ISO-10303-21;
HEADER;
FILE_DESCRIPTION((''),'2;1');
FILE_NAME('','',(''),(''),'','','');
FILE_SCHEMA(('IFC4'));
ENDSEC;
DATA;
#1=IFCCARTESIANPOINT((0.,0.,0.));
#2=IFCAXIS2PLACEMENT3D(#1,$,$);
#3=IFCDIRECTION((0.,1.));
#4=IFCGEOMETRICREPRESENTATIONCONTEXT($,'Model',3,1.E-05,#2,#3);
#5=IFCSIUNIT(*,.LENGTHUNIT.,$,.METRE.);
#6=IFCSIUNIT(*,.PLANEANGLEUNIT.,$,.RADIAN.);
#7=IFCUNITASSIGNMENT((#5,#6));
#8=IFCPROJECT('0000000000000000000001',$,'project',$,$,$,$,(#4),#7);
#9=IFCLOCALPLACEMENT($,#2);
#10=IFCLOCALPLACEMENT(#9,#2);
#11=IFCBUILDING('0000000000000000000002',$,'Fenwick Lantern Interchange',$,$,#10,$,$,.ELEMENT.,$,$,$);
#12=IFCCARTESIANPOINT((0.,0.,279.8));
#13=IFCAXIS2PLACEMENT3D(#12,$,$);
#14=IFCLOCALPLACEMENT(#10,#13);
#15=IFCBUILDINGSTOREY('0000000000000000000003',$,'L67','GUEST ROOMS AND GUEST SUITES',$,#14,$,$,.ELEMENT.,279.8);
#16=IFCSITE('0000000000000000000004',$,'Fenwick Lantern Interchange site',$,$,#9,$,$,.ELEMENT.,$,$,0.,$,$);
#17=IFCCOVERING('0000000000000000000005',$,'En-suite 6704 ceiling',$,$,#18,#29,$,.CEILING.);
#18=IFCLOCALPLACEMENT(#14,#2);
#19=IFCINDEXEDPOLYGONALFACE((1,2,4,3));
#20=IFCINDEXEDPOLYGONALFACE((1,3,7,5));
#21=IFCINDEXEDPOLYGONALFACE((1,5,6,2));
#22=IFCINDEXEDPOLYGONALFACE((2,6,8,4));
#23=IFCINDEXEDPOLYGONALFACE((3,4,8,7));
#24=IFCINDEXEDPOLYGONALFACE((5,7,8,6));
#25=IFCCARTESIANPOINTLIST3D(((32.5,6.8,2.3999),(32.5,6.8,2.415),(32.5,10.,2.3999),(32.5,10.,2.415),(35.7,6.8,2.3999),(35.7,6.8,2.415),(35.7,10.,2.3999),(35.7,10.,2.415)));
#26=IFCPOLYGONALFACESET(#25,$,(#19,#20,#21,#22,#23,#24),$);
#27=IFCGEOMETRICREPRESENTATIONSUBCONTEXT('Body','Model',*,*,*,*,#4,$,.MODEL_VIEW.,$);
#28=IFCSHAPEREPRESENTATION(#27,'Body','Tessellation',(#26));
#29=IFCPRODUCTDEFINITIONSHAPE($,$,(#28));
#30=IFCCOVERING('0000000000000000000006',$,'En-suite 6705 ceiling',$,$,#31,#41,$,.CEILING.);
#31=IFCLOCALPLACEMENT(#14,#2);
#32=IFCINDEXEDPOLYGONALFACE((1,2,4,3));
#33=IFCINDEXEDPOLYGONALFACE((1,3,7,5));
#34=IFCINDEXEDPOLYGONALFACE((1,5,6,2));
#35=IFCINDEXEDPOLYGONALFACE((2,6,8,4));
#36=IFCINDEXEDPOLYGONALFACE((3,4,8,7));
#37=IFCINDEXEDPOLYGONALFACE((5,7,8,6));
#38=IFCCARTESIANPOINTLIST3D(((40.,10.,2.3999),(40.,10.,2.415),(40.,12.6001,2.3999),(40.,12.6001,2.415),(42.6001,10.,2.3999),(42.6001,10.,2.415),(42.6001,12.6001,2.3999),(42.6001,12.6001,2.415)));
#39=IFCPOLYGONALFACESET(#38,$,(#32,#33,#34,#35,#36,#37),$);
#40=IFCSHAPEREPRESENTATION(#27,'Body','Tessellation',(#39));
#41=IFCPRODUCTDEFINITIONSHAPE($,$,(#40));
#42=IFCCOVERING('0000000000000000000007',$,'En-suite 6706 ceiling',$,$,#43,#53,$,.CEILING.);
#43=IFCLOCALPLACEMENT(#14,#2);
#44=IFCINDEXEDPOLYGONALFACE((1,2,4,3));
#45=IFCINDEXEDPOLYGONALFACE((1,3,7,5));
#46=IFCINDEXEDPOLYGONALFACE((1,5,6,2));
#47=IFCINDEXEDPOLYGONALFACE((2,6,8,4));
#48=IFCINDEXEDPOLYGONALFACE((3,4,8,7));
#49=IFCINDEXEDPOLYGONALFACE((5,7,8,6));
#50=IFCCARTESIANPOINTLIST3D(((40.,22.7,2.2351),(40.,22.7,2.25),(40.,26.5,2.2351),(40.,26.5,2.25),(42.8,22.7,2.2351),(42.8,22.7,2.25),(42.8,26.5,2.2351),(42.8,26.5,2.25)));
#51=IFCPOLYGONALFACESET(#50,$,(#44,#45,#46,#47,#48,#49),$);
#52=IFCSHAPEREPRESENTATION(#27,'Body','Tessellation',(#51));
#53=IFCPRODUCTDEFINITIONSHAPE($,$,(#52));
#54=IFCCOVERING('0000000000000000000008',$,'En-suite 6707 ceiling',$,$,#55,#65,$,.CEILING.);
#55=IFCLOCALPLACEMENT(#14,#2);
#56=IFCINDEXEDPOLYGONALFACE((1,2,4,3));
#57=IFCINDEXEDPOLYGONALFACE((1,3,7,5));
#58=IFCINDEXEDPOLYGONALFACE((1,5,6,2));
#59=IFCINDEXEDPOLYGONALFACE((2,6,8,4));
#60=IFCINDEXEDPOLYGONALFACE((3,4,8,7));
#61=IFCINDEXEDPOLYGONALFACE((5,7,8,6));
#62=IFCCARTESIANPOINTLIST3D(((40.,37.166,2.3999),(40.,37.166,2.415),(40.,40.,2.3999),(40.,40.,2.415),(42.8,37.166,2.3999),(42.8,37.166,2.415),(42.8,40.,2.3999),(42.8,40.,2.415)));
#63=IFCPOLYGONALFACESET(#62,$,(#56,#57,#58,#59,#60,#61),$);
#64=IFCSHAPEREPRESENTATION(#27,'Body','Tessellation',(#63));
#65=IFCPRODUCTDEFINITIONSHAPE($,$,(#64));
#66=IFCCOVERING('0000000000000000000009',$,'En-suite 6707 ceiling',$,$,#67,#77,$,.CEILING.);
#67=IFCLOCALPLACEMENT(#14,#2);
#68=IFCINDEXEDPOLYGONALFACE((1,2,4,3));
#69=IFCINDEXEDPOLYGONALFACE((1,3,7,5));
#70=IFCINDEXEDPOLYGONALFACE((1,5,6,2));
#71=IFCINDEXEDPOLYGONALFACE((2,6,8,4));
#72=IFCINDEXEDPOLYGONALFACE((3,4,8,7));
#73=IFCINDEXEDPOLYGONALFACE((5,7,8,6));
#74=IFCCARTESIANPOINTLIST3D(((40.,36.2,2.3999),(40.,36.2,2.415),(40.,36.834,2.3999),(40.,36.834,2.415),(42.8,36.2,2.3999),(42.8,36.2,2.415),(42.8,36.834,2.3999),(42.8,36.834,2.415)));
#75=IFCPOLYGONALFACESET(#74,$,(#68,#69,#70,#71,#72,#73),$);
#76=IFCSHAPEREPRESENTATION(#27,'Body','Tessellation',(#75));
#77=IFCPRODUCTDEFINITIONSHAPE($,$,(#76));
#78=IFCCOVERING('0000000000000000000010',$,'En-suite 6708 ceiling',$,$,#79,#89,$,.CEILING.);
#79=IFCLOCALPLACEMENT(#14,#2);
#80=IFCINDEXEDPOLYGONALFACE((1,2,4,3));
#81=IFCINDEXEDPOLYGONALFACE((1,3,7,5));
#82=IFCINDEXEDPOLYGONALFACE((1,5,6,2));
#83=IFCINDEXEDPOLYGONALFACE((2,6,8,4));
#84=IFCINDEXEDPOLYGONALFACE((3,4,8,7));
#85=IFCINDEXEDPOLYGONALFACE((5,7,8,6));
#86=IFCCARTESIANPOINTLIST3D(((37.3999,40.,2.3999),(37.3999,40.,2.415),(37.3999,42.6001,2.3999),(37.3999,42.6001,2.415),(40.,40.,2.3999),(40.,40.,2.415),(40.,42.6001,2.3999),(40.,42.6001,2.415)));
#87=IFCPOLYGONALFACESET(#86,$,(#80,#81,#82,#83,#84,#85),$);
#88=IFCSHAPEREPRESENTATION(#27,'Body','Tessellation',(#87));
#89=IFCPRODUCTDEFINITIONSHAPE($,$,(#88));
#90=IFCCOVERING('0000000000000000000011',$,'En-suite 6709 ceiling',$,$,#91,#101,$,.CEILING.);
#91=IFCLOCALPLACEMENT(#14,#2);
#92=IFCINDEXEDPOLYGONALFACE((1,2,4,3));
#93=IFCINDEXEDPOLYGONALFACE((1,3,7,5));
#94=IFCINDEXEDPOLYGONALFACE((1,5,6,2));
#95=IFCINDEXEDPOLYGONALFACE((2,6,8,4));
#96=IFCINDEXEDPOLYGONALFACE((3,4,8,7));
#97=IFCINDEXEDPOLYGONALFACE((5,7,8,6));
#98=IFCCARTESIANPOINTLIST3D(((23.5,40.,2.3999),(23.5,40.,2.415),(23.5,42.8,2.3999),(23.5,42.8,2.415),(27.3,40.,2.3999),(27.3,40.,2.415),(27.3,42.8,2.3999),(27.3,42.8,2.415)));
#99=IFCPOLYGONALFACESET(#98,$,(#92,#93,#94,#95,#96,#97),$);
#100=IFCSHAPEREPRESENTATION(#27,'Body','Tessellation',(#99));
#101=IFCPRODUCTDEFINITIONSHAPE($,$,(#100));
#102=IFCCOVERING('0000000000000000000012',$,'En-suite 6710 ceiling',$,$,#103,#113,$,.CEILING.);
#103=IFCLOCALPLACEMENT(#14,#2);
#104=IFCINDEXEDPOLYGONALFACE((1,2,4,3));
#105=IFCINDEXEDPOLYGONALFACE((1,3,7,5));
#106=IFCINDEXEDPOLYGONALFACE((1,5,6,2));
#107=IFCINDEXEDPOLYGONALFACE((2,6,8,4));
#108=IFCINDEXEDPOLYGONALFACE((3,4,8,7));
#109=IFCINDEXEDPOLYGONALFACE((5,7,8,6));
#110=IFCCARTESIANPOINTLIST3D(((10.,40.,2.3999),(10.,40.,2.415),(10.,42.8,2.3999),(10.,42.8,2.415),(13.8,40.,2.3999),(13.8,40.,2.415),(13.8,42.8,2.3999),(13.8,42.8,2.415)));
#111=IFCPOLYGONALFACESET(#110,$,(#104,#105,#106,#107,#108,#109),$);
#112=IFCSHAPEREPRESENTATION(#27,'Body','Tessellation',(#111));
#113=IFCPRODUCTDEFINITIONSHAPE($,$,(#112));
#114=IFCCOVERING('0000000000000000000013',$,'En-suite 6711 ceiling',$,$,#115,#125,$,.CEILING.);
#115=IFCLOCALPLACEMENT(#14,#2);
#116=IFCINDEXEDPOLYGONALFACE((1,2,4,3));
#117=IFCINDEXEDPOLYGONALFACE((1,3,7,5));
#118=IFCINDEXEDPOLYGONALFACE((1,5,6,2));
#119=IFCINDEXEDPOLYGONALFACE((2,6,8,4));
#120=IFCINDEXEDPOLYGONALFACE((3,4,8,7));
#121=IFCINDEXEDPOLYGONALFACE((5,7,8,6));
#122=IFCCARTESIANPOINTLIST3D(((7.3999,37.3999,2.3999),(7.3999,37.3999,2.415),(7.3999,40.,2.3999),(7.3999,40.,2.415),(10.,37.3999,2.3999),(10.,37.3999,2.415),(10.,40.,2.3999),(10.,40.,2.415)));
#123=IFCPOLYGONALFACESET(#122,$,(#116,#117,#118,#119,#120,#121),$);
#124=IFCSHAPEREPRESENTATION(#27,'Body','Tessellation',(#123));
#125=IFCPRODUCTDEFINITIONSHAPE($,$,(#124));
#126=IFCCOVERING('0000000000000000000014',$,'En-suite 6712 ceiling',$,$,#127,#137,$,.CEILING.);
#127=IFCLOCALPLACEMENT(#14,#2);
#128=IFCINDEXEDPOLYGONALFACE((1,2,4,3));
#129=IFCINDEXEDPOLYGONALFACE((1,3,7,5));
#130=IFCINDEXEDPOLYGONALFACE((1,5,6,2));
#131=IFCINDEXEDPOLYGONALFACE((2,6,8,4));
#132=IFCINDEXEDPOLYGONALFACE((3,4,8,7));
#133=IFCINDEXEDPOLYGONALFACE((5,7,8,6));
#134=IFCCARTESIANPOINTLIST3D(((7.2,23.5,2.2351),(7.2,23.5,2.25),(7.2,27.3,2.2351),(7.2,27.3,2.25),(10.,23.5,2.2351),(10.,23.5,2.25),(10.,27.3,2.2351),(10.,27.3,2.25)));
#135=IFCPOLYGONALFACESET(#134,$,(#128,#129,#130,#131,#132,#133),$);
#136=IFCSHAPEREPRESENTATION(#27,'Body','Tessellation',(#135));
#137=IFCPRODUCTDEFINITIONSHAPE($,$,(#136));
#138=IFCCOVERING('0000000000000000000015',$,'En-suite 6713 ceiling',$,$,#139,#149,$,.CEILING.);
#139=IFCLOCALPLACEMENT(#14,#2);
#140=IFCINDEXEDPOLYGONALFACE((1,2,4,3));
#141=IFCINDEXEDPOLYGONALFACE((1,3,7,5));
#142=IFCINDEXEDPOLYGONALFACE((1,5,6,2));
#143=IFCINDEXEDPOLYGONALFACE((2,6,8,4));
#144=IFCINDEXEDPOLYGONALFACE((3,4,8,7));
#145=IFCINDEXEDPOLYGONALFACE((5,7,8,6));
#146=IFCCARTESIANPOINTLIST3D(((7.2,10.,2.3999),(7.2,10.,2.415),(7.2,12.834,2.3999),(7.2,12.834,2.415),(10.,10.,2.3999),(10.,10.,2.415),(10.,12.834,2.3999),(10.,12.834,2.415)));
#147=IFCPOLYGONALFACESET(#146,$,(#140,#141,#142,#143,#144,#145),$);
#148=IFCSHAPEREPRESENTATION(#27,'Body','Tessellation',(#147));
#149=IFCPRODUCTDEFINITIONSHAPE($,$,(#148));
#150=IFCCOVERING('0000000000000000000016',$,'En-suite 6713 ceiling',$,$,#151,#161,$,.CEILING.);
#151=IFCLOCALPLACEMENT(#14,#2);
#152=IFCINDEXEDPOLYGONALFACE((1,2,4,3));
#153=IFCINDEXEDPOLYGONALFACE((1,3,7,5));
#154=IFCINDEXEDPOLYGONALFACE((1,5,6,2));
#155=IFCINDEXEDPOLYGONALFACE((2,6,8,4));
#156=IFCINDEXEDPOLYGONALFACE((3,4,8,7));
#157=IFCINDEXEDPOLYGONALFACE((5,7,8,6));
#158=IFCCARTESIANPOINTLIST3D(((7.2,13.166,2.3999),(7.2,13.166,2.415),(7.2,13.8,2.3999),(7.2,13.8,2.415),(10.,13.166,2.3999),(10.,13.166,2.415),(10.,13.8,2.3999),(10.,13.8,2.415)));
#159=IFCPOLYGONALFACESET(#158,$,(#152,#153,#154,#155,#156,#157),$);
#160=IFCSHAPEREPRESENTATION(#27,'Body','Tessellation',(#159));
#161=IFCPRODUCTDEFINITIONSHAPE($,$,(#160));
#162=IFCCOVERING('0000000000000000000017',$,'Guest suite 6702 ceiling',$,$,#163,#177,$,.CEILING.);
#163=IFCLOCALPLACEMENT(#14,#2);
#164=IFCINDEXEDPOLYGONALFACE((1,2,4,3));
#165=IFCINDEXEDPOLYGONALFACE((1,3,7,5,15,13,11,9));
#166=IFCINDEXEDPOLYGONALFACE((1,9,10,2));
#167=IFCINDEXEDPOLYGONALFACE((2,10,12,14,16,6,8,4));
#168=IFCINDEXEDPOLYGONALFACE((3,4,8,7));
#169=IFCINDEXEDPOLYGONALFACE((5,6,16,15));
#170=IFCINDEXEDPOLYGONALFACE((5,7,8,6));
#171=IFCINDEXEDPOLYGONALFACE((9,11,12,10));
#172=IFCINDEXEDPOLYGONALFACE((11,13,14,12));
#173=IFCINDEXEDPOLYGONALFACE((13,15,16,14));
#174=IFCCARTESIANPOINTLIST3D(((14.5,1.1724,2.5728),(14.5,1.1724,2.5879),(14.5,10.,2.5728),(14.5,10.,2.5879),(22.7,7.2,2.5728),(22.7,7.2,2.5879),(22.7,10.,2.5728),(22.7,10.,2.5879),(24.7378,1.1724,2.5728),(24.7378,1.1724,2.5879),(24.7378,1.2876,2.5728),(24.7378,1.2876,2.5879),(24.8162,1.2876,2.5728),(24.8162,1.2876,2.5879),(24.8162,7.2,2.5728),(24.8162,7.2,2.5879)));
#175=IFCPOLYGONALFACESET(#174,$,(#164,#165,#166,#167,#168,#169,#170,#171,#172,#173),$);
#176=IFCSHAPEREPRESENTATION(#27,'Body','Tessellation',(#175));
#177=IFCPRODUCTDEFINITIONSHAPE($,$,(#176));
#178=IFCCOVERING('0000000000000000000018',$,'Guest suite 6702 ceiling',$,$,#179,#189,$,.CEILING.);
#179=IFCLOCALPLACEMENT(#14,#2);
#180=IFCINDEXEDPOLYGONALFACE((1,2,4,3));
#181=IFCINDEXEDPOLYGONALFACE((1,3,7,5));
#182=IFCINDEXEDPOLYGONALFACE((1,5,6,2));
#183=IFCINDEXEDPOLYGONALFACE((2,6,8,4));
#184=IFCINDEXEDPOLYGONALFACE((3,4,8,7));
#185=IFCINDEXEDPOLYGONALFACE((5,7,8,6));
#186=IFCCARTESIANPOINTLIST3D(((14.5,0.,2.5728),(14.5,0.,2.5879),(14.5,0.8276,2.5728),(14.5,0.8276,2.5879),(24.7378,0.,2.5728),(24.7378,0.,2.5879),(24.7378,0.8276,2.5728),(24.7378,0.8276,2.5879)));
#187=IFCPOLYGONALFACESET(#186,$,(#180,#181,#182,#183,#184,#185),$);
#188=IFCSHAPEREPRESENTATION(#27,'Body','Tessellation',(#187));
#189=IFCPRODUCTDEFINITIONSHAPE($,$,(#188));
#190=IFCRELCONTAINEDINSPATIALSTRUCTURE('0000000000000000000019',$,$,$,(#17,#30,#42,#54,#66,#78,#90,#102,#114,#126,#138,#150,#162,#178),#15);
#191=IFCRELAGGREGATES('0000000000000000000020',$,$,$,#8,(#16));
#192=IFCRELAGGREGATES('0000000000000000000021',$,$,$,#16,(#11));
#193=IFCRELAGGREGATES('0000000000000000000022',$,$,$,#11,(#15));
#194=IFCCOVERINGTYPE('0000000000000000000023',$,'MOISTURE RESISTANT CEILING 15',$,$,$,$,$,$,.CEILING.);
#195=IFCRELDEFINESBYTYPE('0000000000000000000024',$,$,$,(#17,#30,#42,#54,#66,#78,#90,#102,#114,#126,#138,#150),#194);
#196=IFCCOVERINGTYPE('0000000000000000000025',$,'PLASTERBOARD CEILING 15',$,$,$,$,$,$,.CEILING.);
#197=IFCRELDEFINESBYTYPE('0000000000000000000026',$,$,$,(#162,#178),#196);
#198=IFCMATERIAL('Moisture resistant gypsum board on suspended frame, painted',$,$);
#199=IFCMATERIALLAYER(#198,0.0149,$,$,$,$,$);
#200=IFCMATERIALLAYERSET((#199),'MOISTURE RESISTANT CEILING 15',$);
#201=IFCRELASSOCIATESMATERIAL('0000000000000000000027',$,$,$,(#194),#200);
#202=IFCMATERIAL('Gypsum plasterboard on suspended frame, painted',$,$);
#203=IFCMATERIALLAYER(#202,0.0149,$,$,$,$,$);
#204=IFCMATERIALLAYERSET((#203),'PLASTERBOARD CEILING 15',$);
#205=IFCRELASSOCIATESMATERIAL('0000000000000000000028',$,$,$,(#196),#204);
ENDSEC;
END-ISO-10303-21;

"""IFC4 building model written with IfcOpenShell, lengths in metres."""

from ifc_helpers import new_model, si_unit, direction, frame, origin, place, context, subcontext, project, spatial, polyline, outline, extrude, material, layer, layer_set, type_object, element, save


model = new_model("IFC4")

# Units and contexts
model_context = context("Model", 3, precision=1e-05, world=origin(), true_north=direction((0.0, 1.0)))
body_context = subcontext(model_context, "Body", "Model", "MODEL_VIEW")
ifc_project = project(units=[si_unit("LENGTHUNIT", "METRE"), si_unit("PLANEANGLEUNIT", "RADIAN")], contexts=[model_context])

# Site, building, storey
site_placement = place(None, origin())
site = spatial("IfcSite", under=ifc_project, at=site_placement, Name="Fenwick Lantern Interchange site", CompositionType="ELEMENT", RefElevation=0.0)
building_placement = place(site_placement, origin())
building = spatial("IfcBuilding", under=site, at=building_placement, Name="Fenwick Lantern Interchange", CompositionType="ELEMENT")
storey_placement = place(building_placement, frame((0.0, 0.0, 279.8)))
storey = spatial("IfcBuildingStorey", under=building, at=storey_placement, Name="L67", Description="GUEST ROOMS AND GUEST SUITES", CompositionType="ELEMENT", Elevation=279.8)

# Coverings
ifc_material_1 = material(Name="Moisture resistant gypsum board on suspended frame, painted")
ifc_layer_1 = layer(ifc_material_1, 0.0149)
ifc_layer_set_1 = layer_set([ifc_layer_1], Name="MOISTURE RESISTANT CEILING 15")
covering_type_1 = type_object("IfcCoveringType", Name="MOISTURE RESISTANT CEILING 15", PredefinedType="CEILING", material=ifc_layer_set_1)
covering_1_placement = place(storey_placement, frame((0.0, 0.0, 2.3999)))
element("IfcCovering", 1, at=covering_1_placement, inside=storey, type_object=covering_type_1, Name="En-suite 6704 ceiling", PredefinedType="CEILING", context=body_context, shape_type="SweptSolid", body=[
    extrude(outline(polyline([(32.5, 6.8), (35.7, 6.8), (35.7, 10.0), (32.5, 10.0), (32.5, 6.8)])), origin(), (0.0, 0.0, 1.0), 0.0151),
])
covering_2_placement = place(storey_placement, frame((0.0, 0.0, 2.3999)))
element("IfcCovering", 2, at=covering_2_placement, inside=storey, type_object=covering_type_1, Name="En-suite 6705 ceiling", PredefinedType="CEILING", context=body_context, shape_type="SweptSolid", body=[
    extrude(outline(polyline([(42.6001, 10.0), (42.6001, 12.6001), (40.0, 12.6001), (40.0, 10.0), (42.6001, 10.0)])), origin(), (0.0, 0.0, 1.0), 0.0151),
])
covering_3_placement = place(storey_placement, frame((0.0, 0.0, 2.2351)))
element("IfcCovering", 3, at=covering_3_placement, inside=storey, type_object=covering_type_1, Name="En-suite 6706 ceiling", PredefinedType="CEILING", context=body_context, shape_type="SweptSolid", body=[
    extrude(outline(polyline([(42.8, 22.7), (42.8, 26.5), (40.0, 26.5), (40.0, 22.7), (42.8, 22.7)])), origin(), (0.0, 0.0, 1.0), 0.0149),
])
covering_4_placement = place(storey_placement, frame((0.0, 0.0, 2.3999)))
element("IfcCovering", 4, at=covering_4_placement, inside=storey, type_object=covering_type_1, Name="En-suite 6707 ceiling", PredefinedType="CEILING", context=body_context, shape_type="SweptSolid", body=[
    extrude(outline(polyline([(40.0, 40.0), (40.0, 37.166), (42.8, 37.166), (42.8, 40.0), (40.0, 40.0)])), origin(), (0.0, 0.0, 1.0), 0.0151),
])
covering_5_placement = place(storey_placement, frame((0.0, 0.0, 2.3999)))
element("IfcCovering", 5, at=covering_5_placement, inside=storey, type_object=covering_type_1, Name="En-suite 6707 ceiling", PredefinedType="CEILING", context=body_context, shape_type="SweptSolid", body=[
    extrude(outline(polyline([(42.8, 36.2), (42.8, 36.834), (40.0, 36.834), (40.0, 36.2), (42.8, 36.2)])), origin(), (0.0, 0.0, 1.0), 0.0151),
])
covering_6_placement = place(storey_placement, frame((0.0, 0.0, 2.3999)))
element("IfcCovering", 6, at=covering_6_placement, inside=storey, type_object=covering_type_1, Name="En-suite 6708 ceiling", PredefinedType="CEILING", context=body_context, shape_type="SweptSolid", body=[
    extrude(outline(polyline([(40.0, 42.6001), (37.3999, 42.6001), (37.3999, 40.0), (40.0, 40.0), (40.0, 42.6001)])), origin(), (0.0, 0.0, 1.0), 0.0151),
])
covering_7_placement = place(storey_placement, frame((0.0, 0.0, 2.3999)))
element("IfcCovering", 7, at=covering_7_placement, inside=storey, type_object=covering_type_1, Name="En-suite 6709 ceiling", PredefinedType="CEILING", context=body_context, shape_type="SweptSolid", body=[
    extrude(outline(polyline([(27.3, 42.8), (23.5, 42.8), (23.5, 40.0), (27.3, 40.0), (27.3, 42.8)])), origin(), (0.0, 0.0, 1.0), 0.0151),
])
covering_8_placement = place(storey_placement, frame((0.0, 0.0, 2.3999)))
element("IfcCovering", 8, at=covering_8_placement, inside=storey, type_object=covering_type_1, Name="En-suite 6710 ceiling", PredefinedType="CEILING", context=body_context, shape_type="SweptSolid", body=[
    extrude(outline(polyline([(13.8, 42.8), (10.0, 42.8), (10.0, 40.0), (13.8, 40.0), (13.8, 42.8)])), origin(), (0.0, 0.0, 1.0), 0.0151),
])
covering_9_placement = place(storey_placement, frame((0.0, 0.0, 2.3999)))
element("IfcCovering", 9, at=covering_9_placement, inside=storey, type_object=covering_type_1, Name="En-suite 6711 ceiling", PredefinedType="CEILING", context=body_context, shape_type="SweptSolid", body=[
    extrude(outline(polyline([(7.3999, 40.0), (7.3999, 37.3999), (10.0, 37.3999), (10.0, 40.0), (7.3999, 40.0)])), origin(), (0.0, 0.0, 1.0), 0.0151),
])
covering_10_placement = place(storey_placement, frame((0.0, 0.0, 2.2351)))
element("IfcCovering", 10, at=covering_10_placement, inside=storey, type_object=covering_type_1, Name="En-suite 6712 ceiling", PredefinedType="CEILING", context=body_context, shape_type="SweptSolid", body=[
    extrude(outline(polyline([(7.2, 27.3), (7.2, 23.5), (10.0, 23.5), (10.0, 27.3), (7.2, 27.3)])), origin(), (0.0, 0.0, 1.0), 0.0149),
])
covering_11_placement = place(storey_placement, frame((0.0, 0.0, 2.3999)))
element("IfcCovering", 11, at=covering_11_placement, inside=storey, type_object=covering_type_1, Name="En-suite 6713 ceiling", PredefinedType="CEILING", context=body_context, shape_type="SweptSolid", body=[
    extrude(outline(polyline([(10.0, 10.0), (10.0, 12.834), (7.2, 12.834), (7.2, 10.0), (10.0, 10.0)])), origin(), (0.0, 0.0, 1.0), 0.0151),
])
covering_12_placement = place(storey_placement, frame((0.0, 0.0, 2.3999)))
element("IfcCovering", 12, at=covering_12_placement, inside=storey, type_object=covering_type_1, Name="En-suite 6713 ceiling", PredefinedType="CEILING", context=body_context, shape_type="SweptSolid", body=[
    extrude(outline(polyline([(7.2, 13.8), (7.2, 13.166), (10.0, 13.166), (10.0, 13.8), (7.2, 13.8)])), origin(), (0.0, 0.0, 1.0), 0.0151),
])
ifc_material_2 = material(Name="Gypsum plasterboard on suspended frame, painted")
ifc_layer_2 = layer(ifc_material_2, 0.0149)
ifc_layer_set_2 = layer_set([ifc_layer_2], Name="PLASTERBOARD CEILING 15")
covering_type_2 = type_object("IfcCoveringType", Name="PLASTERBOARD CEILING 15", PredefinedType="CEILING", material=ifc_layer_set_2)
covering_13_placement = place(storey_placement, frame((0.0, 0.0, 2.5728)))
element("IfcCovering", 13, at=covering_13_placement, inside=storey, type_object=covering_type_2, Name="Guest suite 6702 ceiling", PredefinedType="CEILING", context=body_context, shape_type="SweptSolid", body=[
    extrude(outline(polyline([(24.7378, 1.2876), (24.8162, 1.2876), (24.8162, 7.2), (22.7, 7.2), (22.7, 10.0), (14.5, 10.0), (14.5, 1.1724), (24.7378, 1.1724), (24.7378, 1.2876)])), origin(), (0.0, 0.0, 1.0), 0.0151),
])
covering_14_placement = place(storey_placement, frame((0.0, 0.0, 2.5728)))
element("IfcCovering", 14, at=covering_14_placement, inside=storey, type_object=covering_type_2, Name="Guest suite 6702 ceiling", PredefinedType="CEILING", context=body_context, shape_type="SweptSolid", body=[
    extrude(outline(polyline([(24.7378, 0.0), (24.7378, 0.8276), (14.5, 0.8276), (14.5, 0.0), (24.7378, 0.0)])), origin(), (0.0, 0.0, 1.0), 0.0151),
])

save(model, "model.ifc")
